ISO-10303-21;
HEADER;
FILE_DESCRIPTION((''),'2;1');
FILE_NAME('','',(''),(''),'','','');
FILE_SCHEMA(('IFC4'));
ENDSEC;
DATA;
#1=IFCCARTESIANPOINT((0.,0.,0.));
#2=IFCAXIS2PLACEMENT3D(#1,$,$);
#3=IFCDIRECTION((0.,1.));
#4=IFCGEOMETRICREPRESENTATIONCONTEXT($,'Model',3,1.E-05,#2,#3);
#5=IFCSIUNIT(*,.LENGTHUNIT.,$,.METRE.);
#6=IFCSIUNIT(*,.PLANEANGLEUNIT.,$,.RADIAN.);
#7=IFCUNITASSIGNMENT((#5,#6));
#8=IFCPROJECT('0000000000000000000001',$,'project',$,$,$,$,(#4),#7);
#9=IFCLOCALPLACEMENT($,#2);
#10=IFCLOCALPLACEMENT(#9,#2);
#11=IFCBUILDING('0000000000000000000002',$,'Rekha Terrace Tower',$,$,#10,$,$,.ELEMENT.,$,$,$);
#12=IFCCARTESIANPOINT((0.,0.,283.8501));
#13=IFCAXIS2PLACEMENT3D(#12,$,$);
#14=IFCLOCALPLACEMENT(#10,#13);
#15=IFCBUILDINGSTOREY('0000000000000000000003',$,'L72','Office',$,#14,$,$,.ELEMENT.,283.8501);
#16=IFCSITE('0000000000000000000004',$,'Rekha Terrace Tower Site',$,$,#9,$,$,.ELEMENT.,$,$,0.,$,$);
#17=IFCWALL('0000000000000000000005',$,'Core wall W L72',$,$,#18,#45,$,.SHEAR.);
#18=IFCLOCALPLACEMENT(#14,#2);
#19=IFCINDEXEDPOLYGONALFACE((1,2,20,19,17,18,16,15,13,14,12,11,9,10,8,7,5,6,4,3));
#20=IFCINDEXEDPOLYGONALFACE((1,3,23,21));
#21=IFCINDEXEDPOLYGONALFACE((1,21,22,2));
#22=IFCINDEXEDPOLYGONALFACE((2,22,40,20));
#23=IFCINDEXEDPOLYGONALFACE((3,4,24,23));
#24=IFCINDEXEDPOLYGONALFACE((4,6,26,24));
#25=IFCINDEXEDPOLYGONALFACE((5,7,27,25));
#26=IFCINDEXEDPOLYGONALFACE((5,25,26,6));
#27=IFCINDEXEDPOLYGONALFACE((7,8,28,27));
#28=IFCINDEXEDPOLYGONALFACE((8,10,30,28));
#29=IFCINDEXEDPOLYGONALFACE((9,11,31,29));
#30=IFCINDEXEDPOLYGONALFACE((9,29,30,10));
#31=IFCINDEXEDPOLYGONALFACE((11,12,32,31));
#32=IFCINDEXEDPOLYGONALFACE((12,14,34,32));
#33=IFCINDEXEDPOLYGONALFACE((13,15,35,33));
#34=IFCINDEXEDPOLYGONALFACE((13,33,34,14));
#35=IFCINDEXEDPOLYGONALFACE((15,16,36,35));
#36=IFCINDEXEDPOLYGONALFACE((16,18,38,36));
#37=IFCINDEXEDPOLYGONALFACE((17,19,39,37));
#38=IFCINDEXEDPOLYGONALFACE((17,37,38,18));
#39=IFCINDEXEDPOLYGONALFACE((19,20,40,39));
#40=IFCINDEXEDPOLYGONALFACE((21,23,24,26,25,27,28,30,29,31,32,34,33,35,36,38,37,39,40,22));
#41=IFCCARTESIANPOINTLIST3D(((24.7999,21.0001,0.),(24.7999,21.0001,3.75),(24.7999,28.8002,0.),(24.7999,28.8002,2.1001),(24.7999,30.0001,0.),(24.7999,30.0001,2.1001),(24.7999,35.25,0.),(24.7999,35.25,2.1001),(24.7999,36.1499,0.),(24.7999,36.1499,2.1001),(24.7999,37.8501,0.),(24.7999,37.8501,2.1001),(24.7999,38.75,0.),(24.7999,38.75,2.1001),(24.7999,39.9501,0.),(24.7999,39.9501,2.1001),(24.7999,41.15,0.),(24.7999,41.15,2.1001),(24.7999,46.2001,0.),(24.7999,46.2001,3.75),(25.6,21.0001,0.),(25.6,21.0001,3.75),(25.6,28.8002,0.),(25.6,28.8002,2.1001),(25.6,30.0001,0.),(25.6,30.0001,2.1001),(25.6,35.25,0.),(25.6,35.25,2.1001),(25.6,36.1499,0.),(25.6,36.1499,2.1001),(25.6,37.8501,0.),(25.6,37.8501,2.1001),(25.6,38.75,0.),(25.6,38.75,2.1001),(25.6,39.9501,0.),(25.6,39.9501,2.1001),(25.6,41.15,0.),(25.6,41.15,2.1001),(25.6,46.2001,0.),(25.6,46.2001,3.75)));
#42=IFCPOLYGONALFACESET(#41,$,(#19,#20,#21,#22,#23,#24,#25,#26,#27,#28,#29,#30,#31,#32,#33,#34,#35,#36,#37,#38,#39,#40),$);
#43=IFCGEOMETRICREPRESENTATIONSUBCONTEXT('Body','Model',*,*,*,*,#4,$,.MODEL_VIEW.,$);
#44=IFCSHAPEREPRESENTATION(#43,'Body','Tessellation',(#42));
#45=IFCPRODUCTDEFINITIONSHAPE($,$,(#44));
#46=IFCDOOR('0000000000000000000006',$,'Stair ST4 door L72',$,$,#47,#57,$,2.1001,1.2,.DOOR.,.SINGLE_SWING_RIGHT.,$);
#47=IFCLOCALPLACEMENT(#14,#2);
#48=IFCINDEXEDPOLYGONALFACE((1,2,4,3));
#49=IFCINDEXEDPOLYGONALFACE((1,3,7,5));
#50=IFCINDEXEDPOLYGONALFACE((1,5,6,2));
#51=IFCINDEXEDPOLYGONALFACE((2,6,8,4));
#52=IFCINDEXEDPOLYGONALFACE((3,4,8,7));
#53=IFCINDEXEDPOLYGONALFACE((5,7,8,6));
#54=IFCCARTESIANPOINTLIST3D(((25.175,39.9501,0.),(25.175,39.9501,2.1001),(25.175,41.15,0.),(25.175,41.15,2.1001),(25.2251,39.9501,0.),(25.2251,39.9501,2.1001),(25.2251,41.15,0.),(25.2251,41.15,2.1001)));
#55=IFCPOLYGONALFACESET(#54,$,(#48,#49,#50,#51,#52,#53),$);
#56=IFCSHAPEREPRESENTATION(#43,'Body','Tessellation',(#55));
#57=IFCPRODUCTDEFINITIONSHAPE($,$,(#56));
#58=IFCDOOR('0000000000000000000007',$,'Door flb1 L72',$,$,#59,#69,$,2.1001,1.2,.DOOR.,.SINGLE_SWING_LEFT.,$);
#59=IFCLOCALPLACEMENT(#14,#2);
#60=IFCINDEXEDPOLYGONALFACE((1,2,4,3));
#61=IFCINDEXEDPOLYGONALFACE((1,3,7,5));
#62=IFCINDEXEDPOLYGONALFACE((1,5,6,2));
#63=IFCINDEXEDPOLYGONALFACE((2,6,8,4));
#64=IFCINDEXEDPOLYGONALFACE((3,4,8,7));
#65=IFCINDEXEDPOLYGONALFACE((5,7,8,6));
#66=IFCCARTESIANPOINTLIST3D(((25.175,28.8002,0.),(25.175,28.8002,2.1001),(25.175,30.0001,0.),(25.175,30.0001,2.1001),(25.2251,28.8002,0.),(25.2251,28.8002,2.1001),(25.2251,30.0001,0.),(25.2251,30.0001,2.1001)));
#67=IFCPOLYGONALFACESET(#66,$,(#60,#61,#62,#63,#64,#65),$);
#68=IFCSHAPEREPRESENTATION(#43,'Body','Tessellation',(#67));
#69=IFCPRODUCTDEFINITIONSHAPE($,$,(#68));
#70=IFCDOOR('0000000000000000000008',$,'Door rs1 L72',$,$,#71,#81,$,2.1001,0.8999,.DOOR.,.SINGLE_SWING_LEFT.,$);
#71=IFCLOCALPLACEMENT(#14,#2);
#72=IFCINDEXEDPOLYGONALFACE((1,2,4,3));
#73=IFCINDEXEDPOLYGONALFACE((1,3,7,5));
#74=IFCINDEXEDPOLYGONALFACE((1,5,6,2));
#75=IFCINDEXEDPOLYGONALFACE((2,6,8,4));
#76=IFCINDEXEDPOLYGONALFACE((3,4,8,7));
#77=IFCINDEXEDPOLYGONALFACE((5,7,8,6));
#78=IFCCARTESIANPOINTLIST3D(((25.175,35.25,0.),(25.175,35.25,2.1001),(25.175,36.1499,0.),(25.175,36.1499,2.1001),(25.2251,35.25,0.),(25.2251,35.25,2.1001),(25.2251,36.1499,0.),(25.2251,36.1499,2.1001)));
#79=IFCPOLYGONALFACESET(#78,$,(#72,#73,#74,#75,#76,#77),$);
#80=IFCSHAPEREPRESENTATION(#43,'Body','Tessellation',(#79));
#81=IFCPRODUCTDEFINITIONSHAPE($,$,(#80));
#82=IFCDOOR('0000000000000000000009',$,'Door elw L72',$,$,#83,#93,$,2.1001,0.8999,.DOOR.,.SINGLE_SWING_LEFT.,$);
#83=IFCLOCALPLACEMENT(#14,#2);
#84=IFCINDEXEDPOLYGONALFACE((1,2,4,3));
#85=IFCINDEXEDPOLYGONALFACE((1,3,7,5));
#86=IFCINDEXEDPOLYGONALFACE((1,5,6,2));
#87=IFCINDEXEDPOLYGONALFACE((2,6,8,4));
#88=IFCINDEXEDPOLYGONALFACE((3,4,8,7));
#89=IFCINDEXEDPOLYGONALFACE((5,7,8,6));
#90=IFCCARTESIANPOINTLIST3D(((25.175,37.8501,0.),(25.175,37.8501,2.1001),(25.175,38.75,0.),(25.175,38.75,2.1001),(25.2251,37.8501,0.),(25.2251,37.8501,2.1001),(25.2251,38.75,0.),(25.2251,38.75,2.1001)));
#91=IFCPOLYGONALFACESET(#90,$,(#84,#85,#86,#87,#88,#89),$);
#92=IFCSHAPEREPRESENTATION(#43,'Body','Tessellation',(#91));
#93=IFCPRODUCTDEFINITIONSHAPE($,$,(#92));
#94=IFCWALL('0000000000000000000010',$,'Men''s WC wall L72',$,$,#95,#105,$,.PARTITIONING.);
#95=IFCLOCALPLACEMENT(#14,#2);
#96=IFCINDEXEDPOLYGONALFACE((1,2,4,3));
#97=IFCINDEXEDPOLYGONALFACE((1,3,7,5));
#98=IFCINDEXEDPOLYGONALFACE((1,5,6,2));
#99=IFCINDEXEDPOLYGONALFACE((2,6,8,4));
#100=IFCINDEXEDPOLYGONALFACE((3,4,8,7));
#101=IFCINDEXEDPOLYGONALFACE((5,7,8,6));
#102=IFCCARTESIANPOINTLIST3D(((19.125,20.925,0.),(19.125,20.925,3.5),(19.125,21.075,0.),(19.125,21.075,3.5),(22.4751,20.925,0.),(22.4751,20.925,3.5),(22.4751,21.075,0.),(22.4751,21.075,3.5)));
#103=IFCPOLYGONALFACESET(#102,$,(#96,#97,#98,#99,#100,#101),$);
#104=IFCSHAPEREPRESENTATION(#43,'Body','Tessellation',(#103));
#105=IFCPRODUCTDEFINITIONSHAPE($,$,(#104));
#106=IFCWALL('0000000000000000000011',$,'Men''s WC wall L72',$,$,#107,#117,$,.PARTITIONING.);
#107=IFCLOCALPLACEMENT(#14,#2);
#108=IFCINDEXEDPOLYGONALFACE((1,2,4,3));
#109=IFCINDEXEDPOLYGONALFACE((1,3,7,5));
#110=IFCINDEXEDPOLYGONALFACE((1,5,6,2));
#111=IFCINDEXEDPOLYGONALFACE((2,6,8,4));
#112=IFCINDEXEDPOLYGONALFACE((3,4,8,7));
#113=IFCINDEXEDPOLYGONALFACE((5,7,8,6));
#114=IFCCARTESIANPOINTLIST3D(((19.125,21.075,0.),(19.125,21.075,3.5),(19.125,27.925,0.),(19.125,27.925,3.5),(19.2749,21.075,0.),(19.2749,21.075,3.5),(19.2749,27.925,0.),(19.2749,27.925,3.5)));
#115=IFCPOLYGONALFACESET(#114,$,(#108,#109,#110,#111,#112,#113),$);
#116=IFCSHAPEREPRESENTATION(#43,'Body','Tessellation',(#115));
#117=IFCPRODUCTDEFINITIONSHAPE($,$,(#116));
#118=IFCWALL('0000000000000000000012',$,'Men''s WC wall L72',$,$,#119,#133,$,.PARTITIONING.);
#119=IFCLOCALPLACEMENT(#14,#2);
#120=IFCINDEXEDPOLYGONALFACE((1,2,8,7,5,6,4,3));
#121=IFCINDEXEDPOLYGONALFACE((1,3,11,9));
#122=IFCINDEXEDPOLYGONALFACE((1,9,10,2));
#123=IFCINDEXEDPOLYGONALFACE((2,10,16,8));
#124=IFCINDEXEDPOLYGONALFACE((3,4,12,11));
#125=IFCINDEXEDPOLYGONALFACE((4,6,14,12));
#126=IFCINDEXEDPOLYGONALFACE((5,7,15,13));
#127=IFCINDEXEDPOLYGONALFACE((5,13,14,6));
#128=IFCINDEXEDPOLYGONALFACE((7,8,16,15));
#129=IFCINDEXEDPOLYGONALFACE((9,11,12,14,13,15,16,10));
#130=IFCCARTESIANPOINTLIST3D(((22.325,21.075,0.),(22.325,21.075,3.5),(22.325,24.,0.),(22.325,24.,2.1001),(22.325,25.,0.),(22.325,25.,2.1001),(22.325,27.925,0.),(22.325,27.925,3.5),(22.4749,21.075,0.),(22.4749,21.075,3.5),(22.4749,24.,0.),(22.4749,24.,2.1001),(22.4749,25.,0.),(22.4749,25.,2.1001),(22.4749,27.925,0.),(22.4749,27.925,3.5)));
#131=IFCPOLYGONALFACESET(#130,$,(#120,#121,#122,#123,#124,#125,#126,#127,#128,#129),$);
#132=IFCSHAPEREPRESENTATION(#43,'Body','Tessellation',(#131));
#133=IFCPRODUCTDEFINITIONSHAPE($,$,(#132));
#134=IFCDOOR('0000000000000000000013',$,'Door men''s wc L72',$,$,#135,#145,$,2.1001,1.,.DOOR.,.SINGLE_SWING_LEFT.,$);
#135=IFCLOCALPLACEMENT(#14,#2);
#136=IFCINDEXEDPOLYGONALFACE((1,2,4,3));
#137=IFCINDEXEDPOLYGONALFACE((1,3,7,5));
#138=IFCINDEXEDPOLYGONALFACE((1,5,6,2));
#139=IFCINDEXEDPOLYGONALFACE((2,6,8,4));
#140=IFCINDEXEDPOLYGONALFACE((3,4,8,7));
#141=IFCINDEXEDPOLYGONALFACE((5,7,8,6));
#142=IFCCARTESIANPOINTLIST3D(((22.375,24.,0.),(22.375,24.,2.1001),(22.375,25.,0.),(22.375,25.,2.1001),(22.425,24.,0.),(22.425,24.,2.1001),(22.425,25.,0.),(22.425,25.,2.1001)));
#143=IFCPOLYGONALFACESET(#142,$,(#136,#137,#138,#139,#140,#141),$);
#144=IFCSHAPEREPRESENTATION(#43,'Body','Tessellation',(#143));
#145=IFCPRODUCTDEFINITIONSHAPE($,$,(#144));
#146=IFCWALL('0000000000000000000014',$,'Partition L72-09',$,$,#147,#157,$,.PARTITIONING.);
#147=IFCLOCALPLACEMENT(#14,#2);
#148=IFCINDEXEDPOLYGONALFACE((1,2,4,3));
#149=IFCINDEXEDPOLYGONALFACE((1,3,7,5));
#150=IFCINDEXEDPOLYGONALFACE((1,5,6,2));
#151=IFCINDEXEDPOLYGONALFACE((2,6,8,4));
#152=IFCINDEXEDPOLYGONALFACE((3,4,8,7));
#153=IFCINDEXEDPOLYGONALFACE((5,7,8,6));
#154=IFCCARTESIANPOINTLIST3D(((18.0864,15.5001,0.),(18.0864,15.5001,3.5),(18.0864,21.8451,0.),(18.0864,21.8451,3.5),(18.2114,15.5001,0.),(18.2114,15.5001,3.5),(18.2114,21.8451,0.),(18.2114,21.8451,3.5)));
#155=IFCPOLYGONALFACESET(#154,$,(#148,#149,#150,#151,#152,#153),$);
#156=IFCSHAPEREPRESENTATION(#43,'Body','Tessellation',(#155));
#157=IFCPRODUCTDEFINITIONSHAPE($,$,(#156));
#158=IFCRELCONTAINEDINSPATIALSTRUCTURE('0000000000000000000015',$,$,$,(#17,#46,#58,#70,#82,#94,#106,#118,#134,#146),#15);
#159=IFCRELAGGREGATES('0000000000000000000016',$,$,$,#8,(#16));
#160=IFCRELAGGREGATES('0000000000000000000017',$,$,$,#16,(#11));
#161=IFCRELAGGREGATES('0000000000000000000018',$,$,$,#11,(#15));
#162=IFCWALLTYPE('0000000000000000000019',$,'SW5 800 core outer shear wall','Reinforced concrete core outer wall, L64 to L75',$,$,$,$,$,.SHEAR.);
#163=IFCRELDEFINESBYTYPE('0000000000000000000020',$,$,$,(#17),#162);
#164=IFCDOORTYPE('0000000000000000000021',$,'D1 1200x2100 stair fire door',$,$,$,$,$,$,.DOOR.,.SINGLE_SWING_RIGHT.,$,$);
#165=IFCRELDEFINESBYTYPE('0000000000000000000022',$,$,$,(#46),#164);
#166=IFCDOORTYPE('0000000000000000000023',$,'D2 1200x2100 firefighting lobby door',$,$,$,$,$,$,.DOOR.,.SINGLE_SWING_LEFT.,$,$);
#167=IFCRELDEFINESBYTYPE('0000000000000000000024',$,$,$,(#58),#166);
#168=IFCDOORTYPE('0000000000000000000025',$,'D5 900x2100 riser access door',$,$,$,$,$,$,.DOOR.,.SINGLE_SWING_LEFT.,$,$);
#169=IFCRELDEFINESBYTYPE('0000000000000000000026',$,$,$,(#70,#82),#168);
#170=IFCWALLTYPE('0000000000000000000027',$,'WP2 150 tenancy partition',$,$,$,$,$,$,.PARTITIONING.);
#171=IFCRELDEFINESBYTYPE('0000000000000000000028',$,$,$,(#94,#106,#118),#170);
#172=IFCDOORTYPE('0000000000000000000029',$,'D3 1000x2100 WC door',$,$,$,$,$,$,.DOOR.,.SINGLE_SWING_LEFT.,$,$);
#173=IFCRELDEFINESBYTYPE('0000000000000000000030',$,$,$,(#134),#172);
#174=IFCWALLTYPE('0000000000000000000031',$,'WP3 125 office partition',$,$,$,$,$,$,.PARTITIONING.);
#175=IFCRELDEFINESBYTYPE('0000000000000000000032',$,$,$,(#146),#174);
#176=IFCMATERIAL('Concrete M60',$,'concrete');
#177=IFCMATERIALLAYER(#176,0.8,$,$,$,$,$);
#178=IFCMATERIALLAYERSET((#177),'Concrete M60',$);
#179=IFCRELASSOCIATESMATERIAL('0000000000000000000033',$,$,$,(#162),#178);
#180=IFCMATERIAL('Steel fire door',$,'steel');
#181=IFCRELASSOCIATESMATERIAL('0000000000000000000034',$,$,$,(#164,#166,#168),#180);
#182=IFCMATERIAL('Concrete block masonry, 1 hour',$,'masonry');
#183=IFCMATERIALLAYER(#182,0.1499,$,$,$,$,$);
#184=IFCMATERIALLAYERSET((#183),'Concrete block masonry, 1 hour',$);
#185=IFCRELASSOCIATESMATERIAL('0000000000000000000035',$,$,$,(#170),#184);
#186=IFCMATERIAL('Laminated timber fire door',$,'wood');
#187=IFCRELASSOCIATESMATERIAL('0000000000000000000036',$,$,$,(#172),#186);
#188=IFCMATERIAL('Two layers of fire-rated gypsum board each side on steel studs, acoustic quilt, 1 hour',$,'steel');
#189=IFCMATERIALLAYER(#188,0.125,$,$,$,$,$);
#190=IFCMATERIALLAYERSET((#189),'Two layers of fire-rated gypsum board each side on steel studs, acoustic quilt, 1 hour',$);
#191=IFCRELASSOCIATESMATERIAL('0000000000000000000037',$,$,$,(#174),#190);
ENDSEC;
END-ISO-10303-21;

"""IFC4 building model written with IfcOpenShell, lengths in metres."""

from ifc_helpers import new_model, si_unit, direction, frame, frame_2d, origin, place, context, subcontext, project, spatial, rectangle, extrude, material, layer, layer_set, type_object, element, fill, save


model = new_model("IFC4")

# Units and contexts
model_context = context("Model", 3, precision=1e-05, world=origin(), true_north=direction((0.0, 1.0)))
body_context = subcontext(model_context, "Body", "Model", "MODEL_VIEW")
ifc_project = project(units=[si_unit("LENGTHUNIT", "METRE"), si_unit("PLANEANGLEUNIT", "RADIAN")], contexts=[model_context])

# Site, building, storey
site_placement = place(None, origin())
site = spatial("IfcSite", under=ifc_project, at=site_placement, Name="Rekha Terrace Tower Site", CompositionType="ELEMENT", RefElevation=0.0)
building_placement = place(site_placement, origin())
building = spatial("IfcBuilding", under=site, at=building_placement, Name="Rekha Terrace Tower", CompositionType="ELEMENT")
storey_placement = place(building_placement, frame((0.0, 0.0, 283.8501)))
storey = spatial("IfcBuildingStorey", under=building, at=storey_placement, Name="L72", Description="Office", CompositionType="ELEMENT", Elevation=283.8501)

# Shared definitions
ifc_material_1 = material(Name="Concrete M60", Category="concrete")
ifc_layer_1 = layer(ifc_material_1, 0.8)
ifc_layer_set_1 = layer_set([ifc_layer_1], Name="Concrete M60")
wall_type_1 = type_object("IfcWallType", Name="SW5 800 core outer shear wall", Description="Reinforced concrete core outer wall, L64 to L75", PredefinedType="SHEAR", material=ifc_layer_set_1)

# Wall, openings, doors
wall_1_placement = place(storey_placement, frame((25.2, 21.0, 0.0), z_axis=(0.0, 0.0, 1.0), x_axis=(0.0, 1.0, 0.0)))
wall_1 = element("IfcWall", 1, at=wall_1_placement, inside=storey, type_object=wall_type_1, Name="Core wall W L72", PredefinedType="SHEAR", context=body_context, shape_type="SweptSolid", body=[
    extrude(rectangle(XDim=25.2, YDim=0.8, at=frame_2d((12.6001, 0.0))), origin(), (0.0, 0.0, 1.0), 3.75),
])
opening_1_placement = place(wall_1_placement, frame((7.8, 0.0, 0.0)))
opening_1 = element("IfcOpeningElement", 2, at=opening_1_placement, cuts=wall_1, PredefinedType="OPENING", context=body_context, shape_type="SweptSolid", body=[
    extrude(rectangle(XDim=1.2, YDim=2.1001, at=frame_2d((0.6001, 1.05))), frame((0.0, 0.4099, 0.0), z_axis=(0.0, -1.0, 0.0), x_axis=(1.0, 0.0, 0.0)), (0.0, 0.0, 1.0), 0.8201),
])
opening_2_placement = place(wall_1_placement, frame((14.25, 0.0, 0.0)))
opening_2 = element("IfcOpeningElement", 3, at=opening_2_placement, cuts=wall_1, PredefinedType="OPENING", context=body_context, shape_type="SweptSolid", body=[
    extrude(rectangle(XDim=0.8999, YDim=2.1001, at=frame_2d((0.45, 1.05))), frame((0.0, 0.4099, 0.0), z_axis=(0.0, -1.0, 0.0), x_axis=(1.0, 0.0, 0.0)), (0.0, 0.0, 1.0), 0.8201),
])
opening_3_placement = place(wall_1_placement, frame((16.8501, 0.0, 0.0)))
opening_3 = element("IfcOpeningElement", 4, at=opening_3_placement, cuts=wall_1, PredefinedType="OPENING", context=body_context, shape_type="SweptSolid", body=[
    extrude(rectangle(XDim=0.8999, YDim=2.1001, at=frame_2d((0.45, 1.05))), frame((0.0, 0.4099, 0.0), z_axis=(0.0, -1.0, 0.0), x_axis=(1.0, 0.0, 0.0)), (0.0, 0.0, 1.0), 0.8201),
])
opening_4_placement = place(wall_1_placement, frame((18.95, 0.0, 0.0)))
opening_4 = element("IfcOpeningElement", 5, at=opening_4_placement, cuts=wall_1, PredefinedType="OPENING", context=body_context, shape_type="SweptSolid", body=[
    extrude(rectangle(XDim=1.2, YDim=2.1001, at=frame_2d((0.6001, 1.05))), frame((0.0, 0.4099, 0.0), z_axis=(0.0, -1.0, 0.0), x_axis=(1.0, 0.0, 0.0)), (0.0, 0.0, 1.0), 0.8201),
])
ifc_material_2 = material(Name="Steel fire door", Category="steel")
door_type_1 = type_object("IfcDoorType", Name="D1 1200x2100 stair fire door", OperationType="SINGLE_SWING_RIGHT", PredefinedType="DOOR", material=ifc_material_2)
door_1_placement = place(opening_4_placement, origin())
door_1 = element("IfcDoor", 6, at=door_1_placement, inside=storey, type_object=door_type_1, Name="Stair ST4 door L72", OperationType="SINGLE_SWING_RIGHT", OverallHeight=2.1001, OverallWidth=1.2, PredefinedType="DOOR", context=body_context, shape_type="SweptSolid", body=[
    extrude(rectangle(XDim=1.2, YDim=2.1001, at=frame_2d((0.6001, 1.05))), frame((0.0, 0.0249, 0.0), z_axis=(0.0, -1.0, 0.0), x_axis=(1.0, 0.0, 0.0)), (0.0, 0.0, 1.0), 0.05),
])
fill(opening_4, door_1)
door_type_2 = type_object("IfcDoorType", Name="D2 1200x2100 firefighting lobby door", OperationType="SINGLE_SWING_LEFT", PredefinedType="DOOR", material=ifc_material_2)
door_2_placement = place(opening_1_placement, origin())
door_2 = element("IfcDoor", 7, at=door_2_placement, inside=storey, type_object=door_type_2, Name="Door flb1 L72", OperationType="SINGLE_SWING_LEFT", OverallHeight=2.1001, OverallWidth=1.2, PredefinedType="DOOR", context=body_context, shape_type="SweptSolid", body=[
    extrude(rectangle(XDim=1.2, YDim=2.1001, at=frame_2d((0.6001, 1.05))), frame((0.0, 0.0249, 0.0), z_axis=(0.0, -1.0, 0.0), x_axis=(1.0, 0.0, 0.0)), (0.0, 0.0, 1.0), 0.05),
])
fill(opening_1, door_2)
door_type_3 = type_object("IfcDoorType", Name="D5 900x2100 riser access door", OperationType="SINGLE_SWING_LEFT", PredefinedType="DOOR", material=ifc_material_2)
door_3_placement = place(opening_2_placement, origin())
door_3 = element("IfcDoor", 8, at=door_3_placement, inside=storey, type_object=door_type_3, Name="Door rs1 L72", OperationType="SINGLE_SWING_LEFT", OverallHeight=2.1001, OverallWidth=0.8999, PredefinedType="DOOR", context=body_context, shape_type="SweptSolid", body=[
    extrude(rectangle(XDim=0.8999, YDim=2.1001, at=frame_2d((0.45, 1.05))), frame((0.0, 0.0249, 0.0), z_axis=(0.0, -1.0, 0.0), x_axis=(1.0, 0.0, 0.0)), (0.0, 0.0, 1.0), 0.05),
])
fill(opening_2, door_3)
door_4_placement = place(opening_3_placement, origin())
door_4 = element("IfcDoor", 9, at=door_4_placement, inside=storey, type_object=door_type_3, Name="Door elw L72", OperationType="SINGLE_SWING_LEFT", OverallHeight=2.1001, OverallWidth=0.8999, PredefinedType="DOOR", context=body_context, shape_type="SweptSolid", body=[
    extrude(rectangle(XDim=0.8999, YDim=2.1001, at=frame_2d((0.45, 1.05))), frame((0.0, 0.0249, 0.0), z_axis=(0.0, -1.0, 0.0), x_axis=(1.0, 0.0, 0.0)), (0.0, 0.0, 1.0), 0.05),
])
fill(opening_3, door_4)

# Walls
ifc_material_3 = material(Name="Concrete block masonry, 1 hour", Category="masonry")
ifc_layer_2 = layer(ifc_material_3, 0.1499)
ifc_layer_set_2 = layer_set([ifc_layer_2], Name="Concrete block masonry, 1 hour")
wall_type_2 = type_object("IfcWallType", Name="WP2 150 tenancy partition", PredefinedType="PARTITIONING", material=ifc_layer_set_2)
wall_2_placement = place(storey_placement, frame((19.125, 21.0, 0.0), z_axis=(0.0, 0.0, 1.0), x_axis=(1.0, 0.0, 0.0)))
element("IfcWall", 10, at=wall_2_placement, inside=storey, type_object=wall_type_2, Name="Men's WC wall L72", PredefinedType="PARTITIONING", context=body_context, shape_type="SweptSolid", body=[
    extrude(rectangle(XDim=3.3501, YDim=0.1499, at=frame_2d((1.675, 0.0))), origin(), (0.0, 0.0, 1.0), 3.5),
])
wall_3_placement = place(storey_placement, frame((19.2, 21.075, 0.0), z_axis=(0.0, 0.0, 1.0), x_axis=(0.0, 1.0, 0.0)))
element("IfcWall", 11, at=wall_3_placement, inside=storey, type_object=wall_type_2, Name="Men's WC wall L72", PredefinedType="PARTITIONING", context=body_context, shape_type="SweptSolid", body=[
    extrude(rectangle(XDim=6.8501, YDim=0.1499, at=frame_2d((3.425, 0.0))), origin(), (0.0, 0.0, 1.0), 3.5),
])

# Wall, opening, door
wall_4_placement = place(storey_placement, frame((22.3999, 21.075, 0.0), z_axis=(0.0, 0.0, 1.0), x_axis=(0.0, 1.0, 0.0)))
wall_4 = element("IfcWall", 12, at=wall_4_placement, inside=storey, type_object=wall_type_2, Name="Men's WC wall L72", PredefinedType="PARTITIONING", context=body_context, shape_type="SweptSolid", body=[
    extrude(rectangle(XDim=6.8501, YDim=0.1499, at=frame_2d((3.425, 0.0))), origin(), (0.0, 0.0, 1.0), 3.5),
])
opening_5_placement = place(wall_4_placement, frame((2.925, 0.0, 0.0)))
opening_5 = element("IfcOpeningElement", 13, at=opening_5_placement, cuts=wall_4, PredefinedType="OPENING", context=body_context, shape_type="SweptSolid", body=[
    extrude(rectangle(XDim=1.0, YDim=2.1001, at=frame_2d((0.5, 1.05))), frame((0.0, 0.085, 0.0), z_axis=(0.0, -1.0, 0.0), x_axis=(1.0, 0.0, 0.0)), (0.0, 0.0, 1.0), 0.1699),
])
ifc_material_4 = material(Name="Laminated timber fire door", Category="wood")
door_type_4 = type_object("IfcDoorType", Name="D3 1000x2100 WC door", OperationType="SINGLE_SWING_LEFT", PredefinedType="DOOR", material=ifc_material_4)
door_5_placement = place(opening_5_placement, origin())
door_5 = element("IfcDoor", 14, at=door_5_placement, inside=storey, type_object=door_type_4, Name="Door men's wc L72", OperationType="SINGLE_SWING_LEFT", OverallHeight=2.1001, OverallWidth=1.0, PredefinedType="DOOR", context=body_context, shape_type="SweptSolid", body=[
    extrude(rectangle(XDim=1.0, YDim=2.1001, at=frame_2d((0.5, 1.05))), frame((0.0, 0.0249, 0.0), z_axis=(0.0, -1.0, 0.0), x_axis=(1.0, 0.0, 0.0)), (0.0, 0.0, 1.0), 0.05),
])
fill(opening_5, door_5)

# Wall
ifc_material_5 = material(Name="Two layers of fire-rated gypsum board each side on steel studs, acoustic quilt, 1 hour", Category="steel")
ifc_layer_3 = layer(ifc_material_5, 0.125)
ifc_layer_set_3 = layer_set([ifc_layer_3], Name="Two layers of fire-rated gypsum board each side on steel studs, acoustic quilt, 1 hour")
wall_type_3 = type_object("IfcWallType", Name="WP3 125 office partition", PredefinedType="PARTITIONING", material=ifc_layer_set_3)
wall_5_placement = place(storey_placement, frame((18.1489, 21.845, 0.0), z_axis=(0.0, 0.0, 1.0), x_axis=(0.0, -1.0, 0.0)))
element("IfcWall", 15, at=wall_5_placement, inside=storey, type_object=wall_type_3, Name="Partition L72-09", PredefinedType="PARTITIONING", context=body_context, shape_type="SweptSolid", body=[
    extrude(rectangle(XDim=6.345, YDim=0.125, at=frame_2d((3.1724, 0.0))), origin(), (0.0, 0.0, 1.0), 3.5),
])

save(model, "model.ifc")
